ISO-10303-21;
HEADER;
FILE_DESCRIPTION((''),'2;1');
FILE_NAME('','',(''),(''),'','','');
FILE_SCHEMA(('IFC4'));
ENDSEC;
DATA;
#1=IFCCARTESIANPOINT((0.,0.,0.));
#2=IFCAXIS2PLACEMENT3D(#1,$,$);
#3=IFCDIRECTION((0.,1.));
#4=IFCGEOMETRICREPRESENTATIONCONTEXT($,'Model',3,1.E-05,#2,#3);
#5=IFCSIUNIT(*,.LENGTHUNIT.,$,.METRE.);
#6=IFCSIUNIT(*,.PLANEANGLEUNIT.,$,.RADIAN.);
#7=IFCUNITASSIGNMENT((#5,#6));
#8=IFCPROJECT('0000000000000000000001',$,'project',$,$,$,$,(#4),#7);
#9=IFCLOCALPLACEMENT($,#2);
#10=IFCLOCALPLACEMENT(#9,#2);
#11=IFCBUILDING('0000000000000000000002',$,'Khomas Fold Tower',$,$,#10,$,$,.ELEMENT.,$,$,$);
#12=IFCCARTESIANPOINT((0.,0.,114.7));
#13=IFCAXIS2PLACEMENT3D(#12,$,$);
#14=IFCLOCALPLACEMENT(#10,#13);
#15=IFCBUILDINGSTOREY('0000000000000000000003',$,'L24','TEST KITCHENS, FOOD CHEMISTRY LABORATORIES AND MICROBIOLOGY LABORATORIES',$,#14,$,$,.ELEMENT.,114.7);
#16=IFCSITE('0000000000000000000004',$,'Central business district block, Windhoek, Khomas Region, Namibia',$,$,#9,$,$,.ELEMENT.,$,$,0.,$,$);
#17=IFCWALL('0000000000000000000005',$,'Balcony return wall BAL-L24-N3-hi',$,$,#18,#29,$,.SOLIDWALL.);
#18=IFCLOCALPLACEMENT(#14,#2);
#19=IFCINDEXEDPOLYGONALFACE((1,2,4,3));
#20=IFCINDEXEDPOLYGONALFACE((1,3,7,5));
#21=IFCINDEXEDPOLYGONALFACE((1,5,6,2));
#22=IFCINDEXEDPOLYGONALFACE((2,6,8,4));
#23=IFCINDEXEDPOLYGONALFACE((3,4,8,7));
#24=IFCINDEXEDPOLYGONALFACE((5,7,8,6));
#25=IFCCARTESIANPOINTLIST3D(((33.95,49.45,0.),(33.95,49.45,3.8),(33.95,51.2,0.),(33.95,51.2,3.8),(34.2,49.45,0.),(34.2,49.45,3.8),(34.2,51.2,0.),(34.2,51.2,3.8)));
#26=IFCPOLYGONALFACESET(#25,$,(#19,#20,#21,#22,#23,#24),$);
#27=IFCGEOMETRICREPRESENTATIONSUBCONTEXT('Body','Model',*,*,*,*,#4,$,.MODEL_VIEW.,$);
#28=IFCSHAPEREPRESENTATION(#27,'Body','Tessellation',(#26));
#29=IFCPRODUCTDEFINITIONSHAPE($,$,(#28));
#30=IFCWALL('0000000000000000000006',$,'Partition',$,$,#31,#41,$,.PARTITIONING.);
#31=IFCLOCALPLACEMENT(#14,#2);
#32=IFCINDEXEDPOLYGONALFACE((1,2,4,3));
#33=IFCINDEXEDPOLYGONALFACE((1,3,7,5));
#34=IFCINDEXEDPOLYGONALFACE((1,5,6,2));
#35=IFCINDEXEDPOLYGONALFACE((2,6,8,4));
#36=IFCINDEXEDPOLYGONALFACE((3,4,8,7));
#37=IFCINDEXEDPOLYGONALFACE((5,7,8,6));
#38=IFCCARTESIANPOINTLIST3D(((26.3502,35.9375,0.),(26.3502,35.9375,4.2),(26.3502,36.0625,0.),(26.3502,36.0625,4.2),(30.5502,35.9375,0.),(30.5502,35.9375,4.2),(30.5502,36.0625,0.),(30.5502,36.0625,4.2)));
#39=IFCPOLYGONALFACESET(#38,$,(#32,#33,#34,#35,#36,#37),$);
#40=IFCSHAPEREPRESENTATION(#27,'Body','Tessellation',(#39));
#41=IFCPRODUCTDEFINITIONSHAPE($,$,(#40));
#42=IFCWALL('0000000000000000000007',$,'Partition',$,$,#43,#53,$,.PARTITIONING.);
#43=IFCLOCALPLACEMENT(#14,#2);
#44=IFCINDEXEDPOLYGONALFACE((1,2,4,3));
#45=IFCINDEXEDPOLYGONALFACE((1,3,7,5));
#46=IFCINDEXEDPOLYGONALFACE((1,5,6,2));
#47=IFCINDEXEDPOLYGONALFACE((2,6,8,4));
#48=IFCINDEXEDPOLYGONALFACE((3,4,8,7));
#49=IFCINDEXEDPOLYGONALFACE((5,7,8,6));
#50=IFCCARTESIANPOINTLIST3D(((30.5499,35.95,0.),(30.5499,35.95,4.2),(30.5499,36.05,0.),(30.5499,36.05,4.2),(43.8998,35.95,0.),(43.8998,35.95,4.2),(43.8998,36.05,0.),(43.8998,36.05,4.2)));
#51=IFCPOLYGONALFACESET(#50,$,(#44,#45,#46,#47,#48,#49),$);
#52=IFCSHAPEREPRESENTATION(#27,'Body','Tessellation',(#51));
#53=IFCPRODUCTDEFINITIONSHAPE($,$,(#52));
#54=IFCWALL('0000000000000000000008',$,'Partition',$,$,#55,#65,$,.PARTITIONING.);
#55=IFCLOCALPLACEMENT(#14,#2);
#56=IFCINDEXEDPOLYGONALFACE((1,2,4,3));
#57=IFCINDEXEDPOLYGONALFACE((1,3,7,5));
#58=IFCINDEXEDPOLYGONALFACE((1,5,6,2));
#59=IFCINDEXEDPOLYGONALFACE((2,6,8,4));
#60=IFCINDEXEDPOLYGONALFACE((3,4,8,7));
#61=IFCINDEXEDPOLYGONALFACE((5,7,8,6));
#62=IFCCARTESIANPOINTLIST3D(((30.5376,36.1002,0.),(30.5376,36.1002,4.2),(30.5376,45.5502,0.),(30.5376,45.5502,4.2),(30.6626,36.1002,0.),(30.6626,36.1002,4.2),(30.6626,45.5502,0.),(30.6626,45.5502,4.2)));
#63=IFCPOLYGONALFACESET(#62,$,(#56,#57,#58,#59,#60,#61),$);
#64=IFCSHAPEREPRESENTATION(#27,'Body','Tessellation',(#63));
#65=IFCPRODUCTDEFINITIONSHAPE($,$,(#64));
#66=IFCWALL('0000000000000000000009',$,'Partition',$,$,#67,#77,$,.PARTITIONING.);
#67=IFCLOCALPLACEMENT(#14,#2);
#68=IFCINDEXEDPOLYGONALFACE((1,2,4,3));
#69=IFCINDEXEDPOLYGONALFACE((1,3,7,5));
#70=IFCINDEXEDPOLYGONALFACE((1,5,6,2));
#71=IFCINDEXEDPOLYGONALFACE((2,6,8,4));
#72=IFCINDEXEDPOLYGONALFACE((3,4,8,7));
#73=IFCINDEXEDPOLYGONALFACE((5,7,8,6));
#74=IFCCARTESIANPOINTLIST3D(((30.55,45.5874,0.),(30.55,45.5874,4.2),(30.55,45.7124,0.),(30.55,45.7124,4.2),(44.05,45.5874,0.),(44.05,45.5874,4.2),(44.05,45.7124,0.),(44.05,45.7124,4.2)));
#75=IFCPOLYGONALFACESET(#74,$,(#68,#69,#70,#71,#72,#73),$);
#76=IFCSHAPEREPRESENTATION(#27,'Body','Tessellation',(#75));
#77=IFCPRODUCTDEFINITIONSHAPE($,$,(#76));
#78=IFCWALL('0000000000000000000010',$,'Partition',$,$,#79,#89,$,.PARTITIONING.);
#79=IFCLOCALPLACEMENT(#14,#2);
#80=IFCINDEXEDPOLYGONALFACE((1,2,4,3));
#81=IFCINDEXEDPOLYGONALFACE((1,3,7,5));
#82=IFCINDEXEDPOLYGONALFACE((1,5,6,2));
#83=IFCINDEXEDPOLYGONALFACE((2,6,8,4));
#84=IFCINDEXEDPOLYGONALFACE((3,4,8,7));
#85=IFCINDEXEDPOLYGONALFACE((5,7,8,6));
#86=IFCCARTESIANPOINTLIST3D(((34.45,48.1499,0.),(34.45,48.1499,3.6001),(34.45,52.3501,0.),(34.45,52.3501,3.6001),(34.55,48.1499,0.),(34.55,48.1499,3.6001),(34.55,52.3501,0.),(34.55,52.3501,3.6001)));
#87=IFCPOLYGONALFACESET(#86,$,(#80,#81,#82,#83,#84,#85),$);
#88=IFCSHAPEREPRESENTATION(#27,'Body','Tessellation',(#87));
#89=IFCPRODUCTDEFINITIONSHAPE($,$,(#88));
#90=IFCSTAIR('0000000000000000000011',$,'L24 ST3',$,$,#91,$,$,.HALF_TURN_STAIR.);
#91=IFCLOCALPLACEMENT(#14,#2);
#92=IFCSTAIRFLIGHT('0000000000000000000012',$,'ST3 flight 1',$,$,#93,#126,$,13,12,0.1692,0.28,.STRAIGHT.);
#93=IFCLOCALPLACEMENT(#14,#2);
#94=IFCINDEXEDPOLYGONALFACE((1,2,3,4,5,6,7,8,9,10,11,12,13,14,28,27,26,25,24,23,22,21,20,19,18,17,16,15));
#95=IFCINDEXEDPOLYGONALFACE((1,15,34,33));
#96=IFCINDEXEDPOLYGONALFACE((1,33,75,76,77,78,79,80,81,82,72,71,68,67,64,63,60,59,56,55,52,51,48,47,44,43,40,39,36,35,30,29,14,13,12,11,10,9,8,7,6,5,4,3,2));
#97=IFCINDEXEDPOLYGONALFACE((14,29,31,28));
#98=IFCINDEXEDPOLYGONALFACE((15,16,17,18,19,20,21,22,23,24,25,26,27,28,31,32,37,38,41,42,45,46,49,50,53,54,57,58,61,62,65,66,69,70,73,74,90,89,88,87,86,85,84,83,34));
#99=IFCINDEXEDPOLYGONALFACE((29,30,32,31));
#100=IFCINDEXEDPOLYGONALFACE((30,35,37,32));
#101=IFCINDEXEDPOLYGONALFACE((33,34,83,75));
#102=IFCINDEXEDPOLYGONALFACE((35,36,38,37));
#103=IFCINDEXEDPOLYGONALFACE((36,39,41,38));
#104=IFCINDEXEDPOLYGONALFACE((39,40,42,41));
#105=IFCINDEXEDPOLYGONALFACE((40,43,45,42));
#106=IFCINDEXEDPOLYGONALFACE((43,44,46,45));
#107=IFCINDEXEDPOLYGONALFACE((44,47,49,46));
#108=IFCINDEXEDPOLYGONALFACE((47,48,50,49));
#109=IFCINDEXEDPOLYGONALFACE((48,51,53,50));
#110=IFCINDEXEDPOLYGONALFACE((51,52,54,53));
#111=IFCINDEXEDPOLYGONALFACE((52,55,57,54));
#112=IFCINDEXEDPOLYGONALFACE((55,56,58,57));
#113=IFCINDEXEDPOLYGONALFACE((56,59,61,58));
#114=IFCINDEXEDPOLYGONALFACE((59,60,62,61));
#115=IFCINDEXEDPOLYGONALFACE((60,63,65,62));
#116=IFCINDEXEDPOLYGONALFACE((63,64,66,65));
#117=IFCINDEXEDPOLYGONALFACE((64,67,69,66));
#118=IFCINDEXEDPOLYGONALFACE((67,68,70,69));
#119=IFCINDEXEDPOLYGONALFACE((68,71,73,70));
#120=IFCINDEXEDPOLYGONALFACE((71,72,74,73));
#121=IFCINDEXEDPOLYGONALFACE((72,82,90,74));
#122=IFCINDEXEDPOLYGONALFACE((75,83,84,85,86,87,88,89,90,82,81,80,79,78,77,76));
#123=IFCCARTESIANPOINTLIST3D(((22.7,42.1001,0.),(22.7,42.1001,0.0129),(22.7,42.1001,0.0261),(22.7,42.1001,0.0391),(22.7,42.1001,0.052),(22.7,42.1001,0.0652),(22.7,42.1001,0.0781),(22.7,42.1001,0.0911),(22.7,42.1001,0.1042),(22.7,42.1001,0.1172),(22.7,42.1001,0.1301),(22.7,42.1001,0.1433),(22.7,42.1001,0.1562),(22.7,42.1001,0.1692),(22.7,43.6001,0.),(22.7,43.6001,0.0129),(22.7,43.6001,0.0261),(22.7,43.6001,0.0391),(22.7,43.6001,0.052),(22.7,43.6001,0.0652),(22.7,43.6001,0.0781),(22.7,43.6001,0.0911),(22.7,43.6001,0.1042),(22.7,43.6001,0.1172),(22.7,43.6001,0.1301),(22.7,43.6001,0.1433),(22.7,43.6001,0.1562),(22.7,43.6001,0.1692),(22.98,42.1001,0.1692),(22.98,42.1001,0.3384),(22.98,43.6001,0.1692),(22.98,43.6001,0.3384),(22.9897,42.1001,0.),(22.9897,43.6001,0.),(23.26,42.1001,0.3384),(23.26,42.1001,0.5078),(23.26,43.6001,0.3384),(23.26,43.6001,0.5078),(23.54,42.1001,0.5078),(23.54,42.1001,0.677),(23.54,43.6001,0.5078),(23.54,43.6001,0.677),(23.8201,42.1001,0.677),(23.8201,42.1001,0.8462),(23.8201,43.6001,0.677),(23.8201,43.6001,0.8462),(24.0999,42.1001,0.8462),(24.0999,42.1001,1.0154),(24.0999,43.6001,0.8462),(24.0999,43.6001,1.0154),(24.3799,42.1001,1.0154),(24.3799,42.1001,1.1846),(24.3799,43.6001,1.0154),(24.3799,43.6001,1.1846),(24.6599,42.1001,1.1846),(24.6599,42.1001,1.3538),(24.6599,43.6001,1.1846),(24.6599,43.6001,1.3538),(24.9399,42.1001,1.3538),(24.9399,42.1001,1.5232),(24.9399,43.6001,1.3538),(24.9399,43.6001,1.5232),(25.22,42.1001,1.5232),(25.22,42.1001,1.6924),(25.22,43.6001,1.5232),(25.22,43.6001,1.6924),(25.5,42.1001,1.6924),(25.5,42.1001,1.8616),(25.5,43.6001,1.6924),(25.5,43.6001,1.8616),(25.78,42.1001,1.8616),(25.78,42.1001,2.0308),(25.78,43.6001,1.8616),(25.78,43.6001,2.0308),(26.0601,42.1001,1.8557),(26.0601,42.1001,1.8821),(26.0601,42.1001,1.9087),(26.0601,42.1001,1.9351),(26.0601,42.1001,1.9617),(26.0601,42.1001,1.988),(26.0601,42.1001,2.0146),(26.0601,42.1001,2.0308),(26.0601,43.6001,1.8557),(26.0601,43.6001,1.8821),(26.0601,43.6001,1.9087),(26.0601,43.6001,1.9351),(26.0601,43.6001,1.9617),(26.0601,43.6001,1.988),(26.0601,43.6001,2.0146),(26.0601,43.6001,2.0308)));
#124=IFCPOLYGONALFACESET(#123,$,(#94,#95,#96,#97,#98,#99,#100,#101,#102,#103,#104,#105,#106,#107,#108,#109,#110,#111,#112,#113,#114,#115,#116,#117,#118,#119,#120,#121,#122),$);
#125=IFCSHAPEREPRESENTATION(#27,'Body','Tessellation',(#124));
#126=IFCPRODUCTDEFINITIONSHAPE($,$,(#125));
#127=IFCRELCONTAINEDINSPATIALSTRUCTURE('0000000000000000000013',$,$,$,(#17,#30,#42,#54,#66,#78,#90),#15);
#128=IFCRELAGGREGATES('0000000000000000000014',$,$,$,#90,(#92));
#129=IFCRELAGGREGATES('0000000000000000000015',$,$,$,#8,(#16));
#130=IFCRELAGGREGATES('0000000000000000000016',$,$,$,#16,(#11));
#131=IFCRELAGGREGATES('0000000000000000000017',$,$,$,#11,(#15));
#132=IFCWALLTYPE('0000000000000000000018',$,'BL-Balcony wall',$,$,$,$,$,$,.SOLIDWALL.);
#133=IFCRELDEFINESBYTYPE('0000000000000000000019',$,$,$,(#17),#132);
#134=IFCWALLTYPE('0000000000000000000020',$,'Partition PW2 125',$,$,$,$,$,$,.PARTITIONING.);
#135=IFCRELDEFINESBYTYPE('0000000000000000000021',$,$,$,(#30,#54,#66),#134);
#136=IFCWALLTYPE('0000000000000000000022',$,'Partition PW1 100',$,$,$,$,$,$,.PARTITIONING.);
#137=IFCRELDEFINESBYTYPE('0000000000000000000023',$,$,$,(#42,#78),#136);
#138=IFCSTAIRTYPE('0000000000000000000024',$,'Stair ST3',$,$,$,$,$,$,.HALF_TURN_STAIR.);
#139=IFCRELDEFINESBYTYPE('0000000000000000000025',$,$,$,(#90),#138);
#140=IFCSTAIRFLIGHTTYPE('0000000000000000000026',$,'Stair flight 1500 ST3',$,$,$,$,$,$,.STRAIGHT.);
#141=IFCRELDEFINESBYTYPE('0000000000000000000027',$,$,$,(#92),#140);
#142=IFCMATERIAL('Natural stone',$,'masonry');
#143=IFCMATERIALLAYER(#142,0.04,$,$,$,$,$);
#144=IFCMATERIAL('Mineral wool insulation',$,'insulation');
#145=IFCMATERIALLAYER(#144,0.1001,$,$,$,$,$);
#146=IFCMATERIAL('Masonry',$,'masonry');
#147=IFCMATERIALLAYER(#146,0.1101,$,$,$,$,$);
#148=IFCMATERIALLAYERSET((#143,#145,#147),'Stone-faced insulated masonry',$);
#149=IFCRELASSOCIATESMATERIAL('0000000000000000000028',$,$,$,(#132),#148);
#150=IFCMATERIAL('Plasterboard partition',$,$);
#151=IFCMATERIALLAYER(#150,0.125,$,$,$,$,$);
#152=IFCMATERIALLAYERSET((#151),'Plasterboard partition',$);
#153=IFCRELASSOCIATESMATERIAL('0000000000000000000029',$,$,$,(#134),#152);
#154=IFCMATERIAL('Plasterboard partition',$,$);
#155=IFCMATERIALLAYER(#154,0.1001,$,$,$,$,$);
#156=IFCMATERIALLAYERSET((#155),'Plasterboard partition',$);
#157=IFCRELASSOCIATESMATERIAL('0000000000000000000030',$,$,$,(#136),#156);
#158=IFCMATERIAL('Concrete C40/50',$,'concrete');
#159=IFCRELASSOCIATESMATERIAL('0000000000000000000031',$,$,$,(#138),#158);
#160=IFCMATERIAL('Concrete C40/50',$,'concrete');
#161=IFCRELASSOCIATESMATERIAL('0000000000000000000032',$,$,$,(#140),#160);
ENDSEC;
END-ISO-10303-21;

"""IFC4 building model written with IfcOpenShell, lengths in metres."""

from ifc_helpers import new_model, si_unit, direction, frame, frame_2d, origin, place, context, subcontext, project, spatial, polyline, rectangle, outline, extrude, source, transform, mapped, material, layer, layer_set, type_object, element, aggregate, save


model = new_model("IFC4")

# Units and contexts
model_context = context("Model", 3, precision=1e-05, world=origin(), true_north=direction((0.0, 1.0)))
body_context = subcontext(model_context, "Body", "Model", "MODEL_VIEW")
ifc_project = project(units=[si_unit("LENGTHUNIT", "METRE"), si_unit("PLANEANGLEUNIT", "RADIAN")], contexts=[model_context])

# Site, building, storey
site_placement = place(None, origin())
site = spatial("IfcSite", under=ifc_project, at=site_placement, Name="Central business district block, Windhoek, Khomas Region, Namibia", CompositionType="ELEMENT", RefElevation=0.0)
building_placement = place(site_placement, origin())
building = spatial("IfcBuilding", under=site, at=building_placement, Name="Khomas Fold Tower", CompositionType="ELEMENT")
storey_placement = place(building_placement, frame((0.0, 0.0, 114.7)))
storey = spatial("IfcBuildingStorey", under=building, at=storey_placement, Name="L24", Description="TEST KITCHENS, FOOD CHEMISTRY LABORATORIES AND MICROBIOLOGY LABORATORIES", CompositionType="ELEMENT", Elevation=114.7)

# Shared definitions
ifc_material_1 = material(Name="Natural stone", Category="masonry")
ifc_layer_1 = layer(ifc_material_1, 0.04)
ifc_material_2 = material(Name="Mineral wool insulation", Category="insulation")
ifc_layer_2 = layer(ifc_material_2, 0.1001)
ifc_material_3 = material(Name="Masonry", Category="masonry")
ifc_layer_3 = layer(ifc_material_3, 0.1101)
ifc_layer_set_1 = layer_set([ifc_layer_1, ifc_layer_2, ifc_layer_3], Name="Stone-faced insulated masonry")
wall_type_1 = type_object("IfcWallType", Name="BL-Balcony wall", PredefinedType="SOLIDWALL", material=ifc_layer_set_1)

# Walls
shared_shape_1 = source(origin(), body_context, "Body", "SweptSolid", [
    extrude(rectangle(XDim=1.75, YDim=0.25, at=frame_2d((0.875, 0.0))), origin(), (0.0, 0.0, 1.0), 3.8),
])
for number, where, z_axis, x_axis, name in (
    (1, (34.075, 51.2, 0.0), (0.0, 0.0, 1.0), (0.0, -1.0, 0.0), "Balcony return wall BAL-L24-N3-hi"),
):
    element("IfcWall", number, at=place(storey_placement, frame(where, z_axis=z_axis, x_axis=x_axis)), inside=storey, type_object=wall_type_1, Name=name, PredefinedType="SOLIDWALL", context=body_context, shape_type="MappedRepresentation", body=[
        mapped(shared_shape_1, transform((0.0, 0.0, 0.0))),
    ])
ifc_material_4 = material(Name="Plasterboard partition")
ifc_layer_4 = layer(ifc_material_4, 0.125)
ifc_layer_set_2 = layer_set([ifc_layer_4], Name="Plasterboard partition")
wall_type_2 = type_object("IfcWallType", Name="Partition PW2 125", PredefinedType="PARTITIONING", material=ifc_layer_set_2)
shared_shape_2 = source(origin(), body_context, "Body", "SweptSolid", [
    extrude(rectangle(XDim=4.2, YDim=0.125, at=frame_2d((2.1001, 0.0))), origin(), (0.0, 0.0, 1.0), 4.2),
])
wall_1_placement = place(storey_placement, frame((26.3501, 36.0, 0.0), z_axis=(0.0, 0.0, 1.0), x_axis=(1.0, 0.0, 0.0)))
element("IfcWall", 2, at=wall_1_placement, inside=storey, type_object=wall_type_2, Name="Partition", PredefinedType="PARTITIONING", context=body_context, shape_type="MappedRepresentation", body=[
    mapped(shared_shape_2, transform((0.0, 0.0, 0.0))),
])
ifc_material_5 = material(Name="Plasterboard partition")
ifc_layer_5 = layer(ifc_material_5, 0.1001)
ifc_layer_set_3 = layer_set([ifc_layer_5], Name="Plasterboard partition")
wall_type_3 = type_object("IfcWallType", Name="Partition PW1 100", PredefinedType="PARTITIONING", material=ifc_layer_set_3)
shared_shape_3 = source(origin(), body_context, "Body", "SweptSolid", [
    extrude(rectangle(XDim=13.3499, YDim=0.1001, at=frame_2d((6.6748, 0.0))), origin(), (0.0, 0.0, 1.0), 4.2),
])
wall_2_placement = place(storey_placement, frame((30.55, 36.0, 0.0), z_axis=(0.0, 0.0, 1.0), x_axis=(1.0, 0.0, 0.0)))
element("IfcWall", 3, at=wall_2_placement, inside=storey, type_object=wall_type_3, Name="Partition", PredefinedType="PARTITIONING", context=body_context, shape_type="MappedRepresentation", body=[
    mapped(shared_shape_3, transform((0.0, 0.0, 0.0))),
])
shared_shape_4 = source(origin(), body_context, "Body", "SweptSolid", [
    extrude(rectangle(XDim=9.45, YDim=0.125, at=frame_2d((4.7251, 0.0))), origin(), (0.0, 0.0, 1.0), 4.2),
])
wall_3_placement = place(storey_placement, frame((30.6001, 36.1001, 0.0), z_axis=(0.0, 0.0, 1.0), x_axis=(0.0, 1.0, 0.0)))
element("IfcWall", 4, at=wall_3_placement, inside=storey, type_object=wall_type_2, Name="Partition", PredefinedType="PARTITIONING", context=body_context, shape_type="MappedRepresentation", body=[
    mapped(shared_shape_4, transform((0.0, 0.0, 0.0))),
])
shared_shape_5 = source(origin(), body_context, "Body", "SweptSolid", [
    extrude(rectangle(XDim=13.5, YDim=0.125, at=frame_2d((6.75, 0.0))), origin(), (0.0, 0.0, 1.0), 4.2),
])
wall_4_placement = place(storey_placement, frame((30.55, 45.6499, 0.0), z_axis=(0.0, 0.0, 1.0), x_axis=(1.0, 0.0, 0.0)))
element("IfcWall", 5, at=wall_4_placement, inside=storey, type_object=wall_type_2, Name="Partition", PredefinedType="PARTITIONING", context=body_context, shape_type="MappedRepresentation", body=[
    mapped(shared_shape_5, transform((0.0, 0.0, 0.0))),
])
shared_shape_6 = source(origin(), body_context, "Body", "SweptSolid", [
    extrude(rectangle(XDim=4.2002, YDim=0.1001, at=frame_2d((2.1001, 0.0))), origin(), (0.0, 0.0, 1.0), 3.6001),
])
wall_5_placement = place(storey_placement, frame((34.5, 48.1499, 0.0), z_axis=(0.0, 0.0, 1.0), x_axis=(0.0, 1.0, 0.0)))
element("IfcWall", 6, at=wall_5_placement, inside=storey, type_object=wall_type_3, Name="Partition", PredefinedType="PARTITIONING", context=body_context, shape_type="MappedRepresentation", body=[
    mapped(shared_shape_6, transform((0.0, 0.0, 0.0))),
])

# Stair, stair flight
ifc_material_6 = material(Name="Concrete C40/50", Category="concrete")
stair_type = type_object("IfcStairType", Name="Stair ST3", PredefinedType="HALF_TURN_STAIR", material=ifc_material_6)
stair_placement = place(storey_placement, origin())
stair = element("IfcStair", 7, at=stair_placement, inside=storey, type_object=stair_type, Name="L24 ST3", PredefinedType="HALF_TURN_STAIR")
ifc_material_7 = material(Name="Concrete C40/50", Category="concrete")
stair_flight_type = type_object("IfcStairFlightType", Name="Stair flight 1500 ST3", PredefinedType="STRAIGHT", material=ifc_material_7)
shared_shape_7 = source(origin(), body_context, "Body", "SweptSolid", [
    extrude(outline(polyline([(0.0, 0.0), (0.0, 0.0129), (0.0, 0.0261), (0.0, 0.0391), (0.0, 0.052), (0.0, 0.0652), (0.0, 0.0781), (0.0, 0.0911), (0.0, 0.1042), (0.0, 0.1172), (0.0, 0.1301), (0.0, 0.1433), (0.0, 0.1562), (0.0, 0.1692), (0.28, 0.1692), (0.28, 0.3384), (0.5601, 0.3384), (0.5601, 0.5078), (0.8401, 0.5078), (0.8401, 0.677), (1.1201, 0.677), (1.1201, 0.8462), (1.3999, 0.8462), (1.3999, 1.0154), (1.6799, 1.0154), (1.6799, 1.1846), (1.96, 1.1846), (1.96, 1.3538), (2.24, 1.3538), (2.24, 1.5232), (2.52, 1.5232), (2.52, 1.6924), (2.8, 1.6924), (2.8, 1.8616), (3.0801, 1.8616), (3.0801, 2.0308), (3.3601, 2.0308), (3.3601, 2.2), (3.3601, 2.1736), (3.3601, 2.147), (3.3601, 2.1206), (3.3601, 2.094), (3.3601, 2.0676), (3.3601, 2.041), (3.3601, 2.0146), (3.3601, 1.988), (3.3601, 1.9617), (3.3601, 1.9351), (3.3601, 1.9087), (3.3601, 1.8821), (3.3601, 1.8557), (0.2898, 0.0), (0.0, 0.0)])), frame((0.0, 0.75, 0.0), z_axis=(0.0, -1.0, 0.0), x_axis=(1.0, 0.0, 0.0)), (0.0, 0.0, 1.0), 1.5),
])
stair_flight_1_placement = place(storey_placement, frame((22.7, 42.8501, 0.0), z_axis=(0.0, 0.0, 1.0), x_axis=(1.0, 0.0, 0.0)))
stair_flight_1 = element("IfcStairFlight", 8, at=stair_flight_1_placement, type_object=stair_flight_type, Name="ST3 flight 1", NumberOfRisers=13, NumberOfTreads=12, PredefinedType="STRAIGHT", RiserHeight=0.1692, TreadLength=0.28, context=body_context, shape_type="MappedRepresentation", body=[
    mapped(shared_shape_7, transform((0.0, 0.0, 0.0))),
])
aggregate(stair, [stair_flight_1])

save(model, "model.ifc")
